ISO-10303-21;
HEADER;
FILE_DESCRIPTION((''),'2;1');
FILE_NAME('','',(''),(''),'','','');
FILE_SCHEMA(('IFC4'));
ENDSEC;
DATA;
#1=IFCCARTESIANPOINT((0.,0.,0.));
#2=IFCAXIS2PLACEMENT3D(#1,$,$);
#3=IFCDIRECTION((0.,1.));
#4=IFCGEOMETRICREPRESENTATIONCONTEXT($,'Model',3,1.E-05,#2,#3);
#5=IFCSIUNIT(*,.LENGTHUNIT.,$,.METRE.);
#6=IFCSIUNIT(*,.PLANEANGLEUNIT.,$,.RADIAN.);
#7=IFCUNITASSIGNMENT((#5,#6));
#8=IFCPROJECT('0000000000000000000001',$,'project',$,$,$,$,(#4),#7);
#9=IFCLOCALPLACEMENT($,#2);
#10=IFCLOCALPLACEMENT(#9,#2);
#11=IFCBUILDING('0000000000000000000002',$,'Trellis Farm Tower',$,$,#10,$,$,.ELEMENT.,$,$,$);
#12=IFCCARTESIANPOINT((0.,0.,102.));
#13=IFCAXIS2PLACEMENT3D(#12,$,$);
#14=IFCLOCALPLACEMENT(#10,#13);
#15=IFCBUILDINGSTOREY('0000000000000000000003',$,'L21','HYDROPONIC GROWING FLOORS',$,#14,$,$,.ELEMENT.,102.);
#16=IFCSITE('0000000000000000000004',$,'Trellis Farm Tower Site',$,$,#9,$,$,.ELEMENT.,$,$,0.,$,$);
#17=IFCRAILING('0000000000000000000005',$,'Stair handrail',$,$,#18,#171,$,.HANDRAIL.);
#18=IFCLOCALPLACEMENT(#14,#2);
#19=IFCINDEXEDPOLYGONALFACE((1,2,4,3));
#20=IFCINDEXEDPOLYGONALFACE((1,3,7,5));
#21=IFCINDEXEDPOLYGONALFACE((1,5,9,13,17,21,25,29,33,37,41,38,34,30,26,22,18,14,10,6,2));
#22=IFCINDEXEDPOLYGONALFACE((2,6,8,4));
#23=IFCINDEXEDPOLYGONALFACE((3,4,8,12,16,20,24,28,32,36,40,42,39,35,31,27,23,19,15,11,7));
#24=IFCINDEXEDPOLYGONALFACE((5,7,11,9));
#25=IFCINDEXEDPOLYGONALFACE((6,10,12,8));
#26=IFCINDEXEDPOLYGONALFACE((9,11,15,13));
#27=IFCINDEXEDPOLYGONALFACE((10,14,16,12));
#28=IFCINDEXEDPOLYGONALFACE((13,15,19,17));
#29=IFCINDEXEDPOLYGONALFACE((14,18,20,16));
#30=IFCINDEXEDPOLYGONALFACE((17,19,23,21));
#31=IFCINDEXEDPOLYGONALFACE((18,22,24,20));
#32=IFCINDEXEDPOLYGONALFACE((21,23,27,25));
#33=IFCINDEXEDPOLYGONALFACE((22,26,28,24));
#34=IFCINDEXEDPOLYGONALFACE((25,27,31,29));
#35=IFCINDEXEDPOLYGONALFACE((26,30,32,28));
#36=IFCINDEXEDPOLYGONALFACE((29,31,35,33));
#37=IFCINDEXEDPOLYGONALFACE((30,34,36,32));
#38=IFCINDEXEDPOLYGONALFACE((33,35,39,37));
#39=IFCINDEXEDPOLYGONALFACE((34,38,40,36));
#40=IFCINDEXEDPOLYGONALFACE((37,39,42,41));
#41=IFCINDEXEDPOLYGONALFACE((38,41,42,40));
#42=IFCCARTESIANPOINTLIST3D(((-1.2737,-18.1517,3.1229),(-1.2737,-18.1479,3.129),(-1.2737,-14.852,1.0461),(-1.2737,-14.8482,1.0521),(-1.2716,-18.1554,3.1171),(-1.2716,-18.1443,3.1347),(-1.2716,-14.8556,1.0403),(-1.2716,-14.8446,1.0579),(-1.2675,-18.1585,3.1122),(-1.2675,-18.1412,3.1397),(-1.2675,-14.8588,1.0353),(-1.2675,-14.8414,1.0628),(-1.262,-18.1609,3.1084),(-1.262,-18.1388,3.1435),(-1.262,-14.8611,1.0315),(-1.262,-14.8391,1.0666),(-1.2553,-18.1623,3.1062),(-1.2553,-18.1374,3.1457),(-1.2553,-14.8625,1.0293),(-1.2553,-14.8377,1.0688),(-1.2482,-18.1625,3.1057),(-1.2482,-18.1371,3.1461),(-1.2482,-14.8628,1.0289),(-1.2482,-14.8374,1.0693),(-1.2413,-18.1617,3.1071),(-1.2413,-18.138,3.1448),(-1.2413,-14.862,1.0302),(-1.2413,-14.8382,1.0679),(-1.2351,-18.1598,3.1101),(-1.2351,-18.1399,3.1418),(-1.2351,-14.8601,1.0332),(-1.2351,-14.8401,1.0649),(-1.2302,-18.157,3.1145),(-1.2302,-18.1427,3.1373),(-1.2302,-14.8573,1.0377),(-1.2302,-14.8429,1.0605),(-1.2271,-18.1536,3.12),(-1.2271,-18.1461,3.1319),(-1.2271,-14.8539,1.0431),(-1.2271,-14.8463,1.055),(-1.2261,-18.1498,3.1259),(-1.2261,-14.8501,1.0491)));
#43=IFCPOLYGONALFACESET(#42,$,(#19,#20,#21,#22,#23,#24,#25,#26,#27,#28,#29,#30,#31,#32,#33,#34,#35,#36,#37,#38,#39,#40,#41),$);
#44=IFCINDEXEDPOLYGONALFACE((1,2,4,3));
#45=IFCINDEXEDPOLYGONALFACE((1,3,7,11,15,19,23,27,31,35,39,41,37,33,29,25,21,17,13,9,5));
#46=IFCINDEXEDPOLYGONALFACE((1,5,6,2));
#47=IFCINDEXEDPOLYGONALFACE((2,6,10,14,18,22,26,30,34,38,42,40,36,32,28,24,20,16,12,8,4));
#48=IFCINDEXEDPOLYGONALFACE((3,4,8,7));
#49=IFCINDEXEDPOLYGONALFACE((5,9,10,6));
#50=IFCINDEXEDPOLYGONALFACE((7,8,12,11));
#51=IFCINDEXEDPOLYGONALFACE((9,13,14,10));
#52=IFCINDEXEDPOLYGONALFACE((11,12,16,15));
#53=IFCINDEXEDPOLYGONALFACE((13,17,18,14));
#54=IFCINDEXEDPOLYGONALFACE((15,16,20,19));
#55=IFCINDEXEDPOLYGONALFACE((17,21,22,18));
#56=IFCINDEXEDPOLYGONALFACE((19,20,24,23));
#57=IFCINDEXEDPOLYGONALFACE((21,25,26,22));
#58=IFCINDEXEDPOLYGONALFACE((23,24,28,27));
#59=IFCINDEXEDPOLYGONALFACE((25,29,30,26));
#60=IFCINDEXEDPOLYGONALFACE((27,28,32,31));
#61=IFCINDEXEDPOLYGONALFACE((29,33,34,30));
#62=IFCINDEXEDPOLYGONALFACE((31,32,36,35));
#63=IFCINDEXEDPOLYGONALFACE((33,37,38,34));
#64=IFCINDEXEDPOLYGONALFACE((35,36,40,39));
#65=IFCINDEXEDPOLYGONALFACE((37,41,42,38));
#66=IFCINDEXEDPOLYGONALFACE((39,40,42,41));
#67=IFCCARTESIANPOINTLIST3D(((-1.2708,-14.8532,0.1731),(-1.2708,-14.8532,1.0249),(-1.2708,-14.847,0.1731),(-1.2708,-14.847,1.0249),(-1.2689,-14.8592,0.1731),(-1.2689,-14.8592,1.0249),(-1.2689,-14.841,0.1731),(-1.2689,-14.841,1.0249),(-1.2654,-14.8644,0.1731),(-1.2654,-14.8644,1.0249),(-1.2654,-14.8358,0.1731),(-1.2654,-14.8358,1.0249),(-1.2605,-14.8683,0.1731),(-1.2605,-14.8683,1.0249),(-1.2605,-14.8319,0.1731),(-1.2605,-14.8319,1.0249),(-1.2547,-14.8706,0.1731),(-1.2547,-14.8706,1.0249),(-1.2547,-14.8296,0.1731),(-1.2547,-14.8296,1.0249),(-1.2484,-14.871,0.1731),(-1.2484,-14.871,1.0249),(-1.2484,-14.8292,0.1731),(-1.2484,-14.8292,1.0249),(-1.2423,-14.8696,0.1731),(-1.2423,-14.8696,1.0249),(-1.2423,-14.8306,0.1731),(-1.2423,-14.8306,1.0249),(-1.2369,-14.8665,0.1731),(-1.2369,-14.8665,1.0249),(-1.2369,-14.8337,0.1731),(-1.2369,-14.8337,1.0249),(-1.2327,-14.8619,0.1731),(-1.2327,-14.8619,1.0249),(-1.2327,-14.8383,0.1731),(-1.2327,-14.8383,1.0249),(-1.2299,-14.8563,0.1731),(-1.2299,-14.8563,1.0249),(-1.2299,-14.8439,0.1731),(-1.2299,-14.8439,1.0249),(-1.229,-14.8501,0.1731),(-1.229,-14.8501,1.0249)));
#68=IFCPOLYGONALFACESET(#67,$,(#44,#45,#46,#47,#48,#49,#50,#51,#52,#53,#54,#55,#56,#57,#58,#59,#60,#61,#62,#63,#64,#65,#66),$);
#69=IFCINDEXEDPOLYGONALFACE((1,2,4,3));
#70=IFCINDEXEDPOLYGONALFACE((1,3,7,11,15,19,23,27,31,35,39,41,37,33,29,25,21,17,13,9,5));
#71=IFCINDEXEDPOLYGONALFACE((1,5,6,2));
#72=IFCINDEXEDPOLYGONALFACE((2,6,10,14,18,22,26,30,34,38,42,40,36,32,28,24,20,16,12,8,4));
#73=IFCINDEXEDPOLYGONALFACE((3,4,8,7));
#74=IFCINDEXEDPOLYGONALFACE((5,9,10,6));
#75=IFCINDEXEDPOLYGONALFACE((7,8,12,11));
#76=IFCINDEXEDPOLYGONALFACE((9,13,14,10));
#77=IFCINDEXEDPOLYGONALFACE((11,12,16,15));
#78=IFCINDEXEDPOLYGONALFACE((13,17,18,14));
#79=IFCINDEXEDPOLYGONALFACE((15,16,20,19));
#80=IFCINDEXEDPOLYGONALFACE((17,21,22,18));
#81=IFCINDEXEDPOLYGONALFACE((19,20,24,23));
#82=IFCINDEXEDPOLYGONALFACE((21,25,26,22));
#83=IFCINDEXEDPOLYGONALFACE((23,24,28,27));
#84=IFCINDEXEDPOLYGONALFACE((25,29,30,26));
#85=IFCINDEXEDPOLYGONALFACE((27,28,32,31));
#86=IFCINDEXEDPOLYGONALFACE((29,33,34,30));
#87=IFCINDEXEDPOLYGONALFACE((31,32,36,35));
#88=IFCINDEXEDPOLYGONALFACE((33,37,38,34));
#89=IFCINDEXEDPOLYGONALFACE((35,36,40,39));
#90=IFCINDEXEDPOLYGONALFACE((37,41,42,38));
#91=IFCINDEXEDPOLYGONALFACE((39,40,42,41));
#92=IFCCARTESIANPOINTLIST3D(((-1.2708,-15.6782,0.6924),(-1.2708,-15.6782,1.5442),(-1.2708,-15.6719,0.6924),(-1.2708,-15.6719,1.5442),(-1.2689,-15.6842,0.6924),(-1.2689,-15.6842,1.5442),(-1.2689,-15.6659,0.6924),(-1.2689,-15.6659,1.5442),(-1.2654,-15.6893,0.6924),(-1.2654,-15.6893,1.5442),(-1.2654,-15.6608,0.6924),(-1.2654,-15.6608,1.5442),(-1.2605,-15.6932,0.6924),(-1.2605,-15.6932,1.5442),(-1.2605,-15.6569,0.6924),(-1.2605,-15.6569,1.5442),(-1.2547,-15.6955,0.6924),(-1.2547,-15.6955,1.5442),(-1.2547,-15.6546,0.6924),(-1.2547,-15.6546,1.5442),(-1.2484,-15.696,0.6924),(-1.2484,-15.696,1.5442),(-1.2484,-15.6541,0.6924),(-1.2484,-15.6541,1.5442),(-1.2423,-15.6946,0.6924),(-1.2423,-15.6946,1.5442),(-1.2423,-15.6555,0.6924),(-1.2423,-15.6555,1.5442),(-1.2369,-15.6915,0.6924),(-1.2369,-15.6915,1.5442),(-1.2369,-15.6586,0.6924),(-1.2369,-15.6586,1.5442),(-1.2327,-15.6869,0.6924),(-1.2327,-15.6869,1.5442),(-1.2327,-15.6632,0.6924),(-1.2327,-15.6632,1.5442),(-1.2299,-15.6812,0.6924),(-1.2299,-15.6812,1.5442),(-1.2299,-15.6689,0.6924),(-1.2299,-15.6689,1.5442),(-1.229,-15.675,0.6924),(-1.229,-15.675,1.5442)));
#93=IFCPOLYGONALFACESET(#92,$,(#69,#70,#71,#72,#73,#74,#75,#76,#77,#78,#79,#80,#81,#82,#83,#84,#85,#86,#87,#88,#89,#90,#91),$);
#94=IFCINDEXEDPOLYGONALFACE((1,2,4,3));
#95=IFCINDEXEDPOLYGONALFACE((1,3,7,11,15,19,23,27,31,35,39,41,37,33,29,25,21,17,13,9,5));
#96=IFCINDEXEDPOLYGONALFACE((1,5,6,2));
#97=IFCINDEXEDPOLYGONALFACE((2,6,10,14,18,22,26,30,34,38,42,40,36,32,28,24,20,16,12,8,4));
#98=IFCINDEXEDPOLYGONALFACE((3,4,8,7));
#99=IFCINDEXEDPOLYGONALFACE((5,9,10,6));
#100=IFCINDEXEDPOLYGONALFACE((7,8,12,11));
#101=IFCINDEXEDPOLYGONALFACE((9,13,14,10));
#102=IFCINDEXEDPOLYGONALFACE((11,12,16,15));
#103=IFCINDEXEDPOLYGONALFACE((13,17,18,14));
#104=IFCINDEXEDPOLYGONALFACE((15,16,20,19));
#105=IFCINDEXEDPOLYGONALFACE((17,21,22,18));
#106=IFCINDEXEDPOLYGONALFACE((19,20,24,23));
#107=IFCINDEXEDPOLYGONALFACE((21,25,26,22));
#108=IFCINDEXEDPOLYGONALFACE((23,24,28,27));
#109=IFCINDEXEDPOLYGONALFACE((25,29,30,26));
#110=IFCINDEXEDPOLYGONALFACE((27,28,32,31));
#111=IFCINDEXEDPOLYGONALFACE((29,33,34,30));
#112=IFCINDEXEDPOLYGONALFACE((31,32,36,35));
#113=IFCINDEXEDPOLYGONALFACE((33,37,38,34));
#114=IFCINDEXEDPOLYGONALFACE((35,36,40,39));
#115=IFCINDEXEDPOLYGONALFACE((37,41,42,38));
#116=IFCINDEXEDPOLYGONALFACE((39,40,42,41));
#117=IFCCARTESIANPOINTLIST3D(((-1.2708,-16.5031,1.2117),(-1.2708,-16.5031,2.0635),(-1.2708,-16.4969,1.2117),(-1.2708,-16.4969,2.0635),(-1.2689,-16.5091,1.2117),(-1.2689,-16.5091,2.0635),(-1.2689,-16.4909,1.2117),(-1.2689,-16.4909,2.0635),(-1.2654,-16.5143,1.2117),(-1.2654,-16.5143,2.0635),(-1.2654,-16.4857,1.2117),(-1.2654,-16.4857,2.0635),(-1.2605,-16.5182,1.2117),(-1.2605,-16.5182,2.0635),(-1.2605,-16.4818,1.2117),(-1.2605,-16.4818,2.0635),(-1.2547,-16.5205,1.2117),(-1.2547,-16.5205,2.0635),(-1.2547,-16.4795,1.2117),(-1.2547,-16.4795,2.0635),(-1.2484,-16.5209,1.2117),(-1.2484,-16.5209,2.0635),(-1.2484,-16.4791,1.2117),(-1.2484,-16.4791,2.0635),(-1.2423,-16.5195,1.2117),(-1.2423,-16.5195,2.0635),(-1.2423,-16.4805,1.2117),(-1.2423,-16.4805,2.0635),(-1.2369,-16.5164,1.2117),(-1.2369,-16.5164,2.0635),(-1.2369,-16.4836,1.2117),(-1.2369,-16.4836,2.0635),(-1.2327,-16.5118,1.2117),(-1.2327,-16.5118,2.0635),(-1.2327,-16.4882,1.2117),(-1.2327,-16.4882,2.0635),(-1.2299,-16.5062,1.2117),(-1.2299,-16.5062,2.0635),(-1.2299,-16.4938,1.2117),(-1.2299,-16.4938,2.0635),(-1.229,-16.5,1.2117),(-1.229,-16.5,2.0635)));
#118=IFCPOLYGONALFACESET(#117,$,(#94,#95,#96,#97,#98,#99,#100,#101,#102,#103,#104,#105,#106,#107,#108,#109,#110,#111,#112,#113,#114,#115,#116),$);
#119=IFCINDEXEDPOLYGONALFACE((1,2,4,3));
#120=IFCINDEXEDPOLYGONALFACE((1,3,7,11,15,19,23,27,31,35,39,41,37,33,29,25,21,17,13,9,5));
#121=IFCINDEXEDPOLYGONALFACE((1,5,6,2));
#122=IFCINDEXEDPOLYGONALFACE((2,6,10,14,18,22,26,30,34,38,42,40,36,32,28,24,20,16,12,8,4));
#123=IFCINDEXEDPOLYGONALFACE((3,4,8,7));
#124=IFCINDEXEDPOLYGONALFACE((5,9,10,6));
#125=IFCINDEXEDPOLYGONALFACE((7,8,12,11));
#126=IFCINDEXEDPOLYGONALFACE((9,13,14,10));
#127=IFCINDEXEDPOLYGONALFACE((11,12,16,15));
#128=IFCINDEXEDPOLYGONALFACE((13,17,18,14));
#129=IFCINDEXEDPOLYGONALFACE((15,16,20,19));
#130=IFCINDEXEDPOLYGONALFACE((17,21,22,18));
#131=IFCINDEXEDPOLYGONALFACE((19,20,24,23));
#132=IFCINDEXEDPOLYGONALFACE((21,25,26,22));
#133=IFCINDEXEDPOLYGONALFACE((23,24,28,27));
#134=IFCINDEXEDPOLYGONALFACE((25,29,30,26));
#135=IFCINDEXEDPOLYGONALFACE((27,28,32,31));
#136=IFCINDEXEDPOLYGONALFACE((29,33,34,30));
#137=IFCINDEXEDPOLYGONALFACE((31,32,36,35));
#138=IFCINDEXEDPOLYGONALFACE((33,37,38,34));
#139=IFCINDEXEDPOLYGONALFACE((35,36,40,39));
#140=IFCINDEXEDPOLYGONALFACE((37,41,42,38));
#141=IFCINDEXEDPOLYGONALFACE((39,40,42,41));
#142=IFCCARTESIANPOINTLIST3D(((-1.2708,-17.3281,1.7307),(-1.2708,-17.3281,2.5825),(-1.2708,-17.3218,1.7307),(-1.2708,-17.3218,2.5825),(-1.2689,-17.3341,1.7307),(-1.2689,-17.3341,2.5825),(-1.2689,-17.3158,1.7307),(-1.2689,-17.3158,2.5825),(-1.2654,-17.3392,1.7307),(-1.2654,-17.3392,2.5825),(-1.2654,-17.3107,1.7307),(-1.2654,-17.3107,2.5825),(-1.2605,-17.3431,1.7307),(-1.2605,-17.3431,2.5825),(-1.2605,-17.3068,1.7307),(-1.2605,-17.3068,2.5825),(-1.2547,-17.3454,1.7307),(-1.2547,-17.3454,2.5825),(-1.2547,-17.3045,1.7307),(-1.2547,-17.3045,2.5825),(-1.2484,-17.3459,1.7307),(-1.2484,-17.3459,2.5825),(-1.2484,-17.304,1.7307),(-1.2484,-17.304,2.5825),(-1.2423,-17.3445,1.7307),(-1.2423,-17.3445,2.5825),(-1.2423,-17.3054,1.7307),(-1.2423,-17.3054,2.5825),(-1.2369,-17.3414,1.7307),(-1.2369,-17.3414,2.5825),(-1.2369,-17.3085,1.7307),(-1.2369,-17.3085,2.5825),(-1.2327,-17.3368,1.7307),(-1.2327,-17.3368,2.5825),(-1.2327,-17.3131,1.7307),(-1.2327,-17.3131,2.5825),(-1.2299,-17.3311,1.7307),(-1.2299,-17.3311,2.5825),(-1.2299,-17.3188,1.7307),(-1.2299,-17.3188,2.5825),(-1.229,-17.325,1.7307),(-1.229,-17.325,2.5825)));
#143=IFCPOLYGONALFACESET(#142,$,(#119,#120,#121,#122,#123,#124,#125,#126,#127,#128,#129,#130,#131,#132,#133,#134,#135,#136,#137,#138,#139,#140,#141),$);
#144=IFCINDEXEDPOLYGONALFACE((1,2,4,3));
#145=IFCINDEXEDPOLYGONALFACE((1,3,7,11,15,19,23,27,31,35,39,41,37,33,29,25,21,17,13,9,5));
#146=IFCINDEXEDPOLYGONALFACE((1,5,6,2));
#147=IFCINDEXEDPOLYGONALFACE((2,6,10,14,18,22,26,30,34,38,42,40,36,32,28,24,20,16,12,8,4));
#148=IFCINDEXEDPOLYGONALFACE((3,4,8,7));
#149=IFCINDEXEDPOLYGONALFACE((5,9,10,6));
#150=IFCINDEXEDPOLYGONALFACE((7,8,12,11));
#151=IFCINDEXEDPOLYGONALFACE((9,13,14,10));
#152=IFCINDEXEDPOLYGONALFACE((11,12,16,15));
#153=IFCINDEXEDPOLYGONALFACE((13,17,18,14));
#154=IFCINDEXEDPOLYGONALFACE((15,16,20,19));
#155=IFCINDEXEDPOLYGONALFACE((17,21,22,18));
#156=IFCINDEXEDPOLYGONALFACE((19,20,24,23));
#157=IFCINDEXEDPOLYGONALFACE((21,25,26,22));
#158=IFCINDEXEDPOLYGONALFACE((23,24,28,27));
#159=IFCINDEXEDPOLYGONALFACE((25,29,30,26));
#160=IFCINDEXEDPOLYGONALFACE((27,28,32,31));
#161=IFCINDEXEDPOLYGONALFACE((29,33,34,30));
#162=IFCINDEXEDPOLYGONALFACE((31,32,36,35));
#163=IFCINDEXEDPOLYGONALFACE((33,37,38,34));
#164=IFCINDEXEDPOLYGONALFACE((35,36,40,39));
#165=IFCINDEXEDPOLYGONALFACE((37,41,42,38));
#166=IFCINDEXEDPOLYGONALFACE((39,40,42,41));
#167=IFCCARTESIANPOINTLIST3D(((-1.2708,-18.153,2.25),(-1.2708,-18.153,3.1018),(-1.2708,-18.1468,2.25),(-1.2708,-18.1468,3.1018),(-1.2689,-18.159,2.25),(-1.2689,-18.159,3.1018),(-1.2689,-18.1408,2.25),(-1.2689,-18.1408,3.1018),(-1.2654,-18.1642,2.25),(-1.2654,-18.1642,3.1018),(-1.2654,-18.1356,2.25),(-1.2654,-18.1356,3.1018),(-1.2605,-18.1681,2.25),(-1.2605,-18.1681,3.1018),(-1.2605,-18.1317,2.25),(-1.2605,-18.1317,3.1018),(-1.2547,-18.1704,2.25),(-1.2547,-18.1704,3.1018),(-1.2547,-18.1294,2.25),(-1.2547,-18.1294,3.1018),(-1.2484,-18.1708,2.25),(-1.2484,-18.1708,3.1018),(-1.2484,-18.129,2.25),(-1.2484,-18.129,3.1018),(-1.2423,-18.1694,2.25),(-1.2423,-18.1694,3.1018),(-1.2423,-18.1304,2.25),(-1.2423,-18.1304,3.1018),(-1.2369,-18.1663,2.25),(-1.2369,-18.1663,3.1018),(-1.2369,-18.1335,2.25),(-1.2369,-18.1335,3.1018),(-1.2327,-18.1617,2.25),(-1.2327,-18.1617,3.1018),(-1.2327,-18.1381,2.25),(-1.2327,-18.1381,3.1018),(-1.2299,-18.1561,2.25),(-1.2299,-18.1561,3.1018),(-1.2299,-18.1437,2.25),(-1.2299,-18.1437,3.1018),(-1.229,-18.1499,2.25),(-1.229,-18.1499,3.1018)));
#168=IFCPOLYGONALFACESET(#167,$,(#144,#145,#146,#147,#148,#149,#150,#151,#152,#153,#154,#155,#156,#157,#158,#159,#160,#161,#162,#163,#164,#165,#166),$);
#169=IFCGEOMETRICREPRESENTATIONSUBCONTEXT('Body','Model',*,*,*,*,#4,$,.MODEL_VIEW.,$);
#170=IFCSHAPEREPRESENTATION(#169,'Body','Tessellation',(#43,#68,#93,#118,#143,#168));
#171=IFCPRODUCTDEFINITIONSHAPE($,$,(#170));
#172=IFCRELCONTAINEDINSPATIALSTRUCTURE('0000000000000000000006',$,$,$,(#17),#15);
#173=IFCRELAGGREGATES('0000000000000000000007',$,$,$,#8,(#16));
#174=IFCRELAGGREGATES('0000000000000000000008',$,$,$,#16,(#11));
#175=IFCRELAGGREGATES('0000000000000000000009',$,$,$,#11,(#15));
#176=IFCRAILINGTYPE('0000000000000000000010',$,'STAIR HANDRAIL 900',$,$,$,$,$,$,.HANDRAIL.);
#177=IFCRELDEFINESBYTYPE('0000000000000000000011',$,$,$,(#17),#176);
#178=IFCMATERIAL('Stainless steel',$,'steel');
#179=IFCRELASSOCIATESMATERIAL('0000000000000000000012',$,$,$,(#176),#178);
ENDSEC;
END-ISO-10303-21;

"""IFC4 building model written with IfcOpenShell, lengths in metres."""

from ifc_helpers import new_model, si_unit, direction, frame, origin, origin_2d, place, context, subcontext, project, spatial, circle, extrude, source, transform, mapped, material, type_object, element, save


model = new_model("IFC4")

# Units and contexts
model_context = context("Model", 3, precision=1e-05, world=origin(), true_north=direction((0.0, 1.0)))
body_context = subcontext(model_context, "Body", "Model", "MODEL_VIEW")
ifc_project = project(units=[si_unit("LENGTHUNIT", "METRE"), si_unit("PLANEANGLEUNIT", "RADIAN")], contexts=[model_context])

# Site, building, storey
site_placement = place(None, origin())
site = spatial("IfcSite", under=ifc_project, at=site_placement, Name="Trellis Farm Tower Site", CompositionType="ELEMENT", RefElevation=0.0)
building_placement = place(site_placement, origin())
building = spatial("IfcBuilding", under=site, at=building_placement, Name="Trellis Farm Tower", CompositionType="ELEMENT")
storey_placement = place(building_placement, frame((0.0, 0.0, 102.0)))
storey = spatial("IfcBuildingStorey", under=building, at=storey_placement, Name="L21", Description="HYDROPONIC GROWING FLOORS", CompositionType="ELEMENT", Elevation=102.0)

# Railing
ifc_material_1 = material(Name="Stainless steel", Category="steel")
railing_type = type_object("IfcRailingType", Name="STAIR HANDRAIL 900", PredefinedType="HANDRAIL", material=ifc_material_1)
shared_shape_1 = source(origin(), body_context, "Body", "SweptSolid", [
    extrude(circle(Radius=0.0239, at=origin_2d()), frame((0.0, 0.0, 0.876), z_axis=(0.0, -0.84632, 0.532675), x_axis=(1.0, 0.0, 0.0)), (0.0, 0.0, 1.0), 3.8989),
    extrude(circle(Radius=0.021, at=origin_2d()), origin(), (0.0, 0.0, 1.0), 0.8518),
    extrude(circle(Radius=0.021, at=origin_2d()), frame((0.0, -0.825, 0.5193)), (0.0, 0.0, 1.0), 0.8518),
    extrude(circle(Radius=0.021, at=origin_2d()), frame((0.0, -1.6499, 1.0386)), (0.0, 0.0, 1.0), 0.8518),
    extrude(circle(Radius=0.021, at=origin_2d()), frame((0.0, -2.4749, 1.5576)), (0.0, 0.0, 1.0), 0.8518),
    extrude(circle(Radius=0.021, at=origin_2d()), frame((0.0, -3.2998, 2.0769)), (0.0, 0.0, 1.0), 0.8518),
])
railing_placement = place(storey_placement, frame((-1.25, -14.8501, 0.1731)))
element("IfcRailing", 1, at=railing_placement, inside=storey, type_object=railing_type, Name="Stair handrail", PredefinedType="HANDRAIL", context=body_context, shape_type="MappedRepresentation", body=[
    mapped(shared_shape_1, transform((0.0, 0.0, 0.0))),
])

save(model, "model.ifc")
